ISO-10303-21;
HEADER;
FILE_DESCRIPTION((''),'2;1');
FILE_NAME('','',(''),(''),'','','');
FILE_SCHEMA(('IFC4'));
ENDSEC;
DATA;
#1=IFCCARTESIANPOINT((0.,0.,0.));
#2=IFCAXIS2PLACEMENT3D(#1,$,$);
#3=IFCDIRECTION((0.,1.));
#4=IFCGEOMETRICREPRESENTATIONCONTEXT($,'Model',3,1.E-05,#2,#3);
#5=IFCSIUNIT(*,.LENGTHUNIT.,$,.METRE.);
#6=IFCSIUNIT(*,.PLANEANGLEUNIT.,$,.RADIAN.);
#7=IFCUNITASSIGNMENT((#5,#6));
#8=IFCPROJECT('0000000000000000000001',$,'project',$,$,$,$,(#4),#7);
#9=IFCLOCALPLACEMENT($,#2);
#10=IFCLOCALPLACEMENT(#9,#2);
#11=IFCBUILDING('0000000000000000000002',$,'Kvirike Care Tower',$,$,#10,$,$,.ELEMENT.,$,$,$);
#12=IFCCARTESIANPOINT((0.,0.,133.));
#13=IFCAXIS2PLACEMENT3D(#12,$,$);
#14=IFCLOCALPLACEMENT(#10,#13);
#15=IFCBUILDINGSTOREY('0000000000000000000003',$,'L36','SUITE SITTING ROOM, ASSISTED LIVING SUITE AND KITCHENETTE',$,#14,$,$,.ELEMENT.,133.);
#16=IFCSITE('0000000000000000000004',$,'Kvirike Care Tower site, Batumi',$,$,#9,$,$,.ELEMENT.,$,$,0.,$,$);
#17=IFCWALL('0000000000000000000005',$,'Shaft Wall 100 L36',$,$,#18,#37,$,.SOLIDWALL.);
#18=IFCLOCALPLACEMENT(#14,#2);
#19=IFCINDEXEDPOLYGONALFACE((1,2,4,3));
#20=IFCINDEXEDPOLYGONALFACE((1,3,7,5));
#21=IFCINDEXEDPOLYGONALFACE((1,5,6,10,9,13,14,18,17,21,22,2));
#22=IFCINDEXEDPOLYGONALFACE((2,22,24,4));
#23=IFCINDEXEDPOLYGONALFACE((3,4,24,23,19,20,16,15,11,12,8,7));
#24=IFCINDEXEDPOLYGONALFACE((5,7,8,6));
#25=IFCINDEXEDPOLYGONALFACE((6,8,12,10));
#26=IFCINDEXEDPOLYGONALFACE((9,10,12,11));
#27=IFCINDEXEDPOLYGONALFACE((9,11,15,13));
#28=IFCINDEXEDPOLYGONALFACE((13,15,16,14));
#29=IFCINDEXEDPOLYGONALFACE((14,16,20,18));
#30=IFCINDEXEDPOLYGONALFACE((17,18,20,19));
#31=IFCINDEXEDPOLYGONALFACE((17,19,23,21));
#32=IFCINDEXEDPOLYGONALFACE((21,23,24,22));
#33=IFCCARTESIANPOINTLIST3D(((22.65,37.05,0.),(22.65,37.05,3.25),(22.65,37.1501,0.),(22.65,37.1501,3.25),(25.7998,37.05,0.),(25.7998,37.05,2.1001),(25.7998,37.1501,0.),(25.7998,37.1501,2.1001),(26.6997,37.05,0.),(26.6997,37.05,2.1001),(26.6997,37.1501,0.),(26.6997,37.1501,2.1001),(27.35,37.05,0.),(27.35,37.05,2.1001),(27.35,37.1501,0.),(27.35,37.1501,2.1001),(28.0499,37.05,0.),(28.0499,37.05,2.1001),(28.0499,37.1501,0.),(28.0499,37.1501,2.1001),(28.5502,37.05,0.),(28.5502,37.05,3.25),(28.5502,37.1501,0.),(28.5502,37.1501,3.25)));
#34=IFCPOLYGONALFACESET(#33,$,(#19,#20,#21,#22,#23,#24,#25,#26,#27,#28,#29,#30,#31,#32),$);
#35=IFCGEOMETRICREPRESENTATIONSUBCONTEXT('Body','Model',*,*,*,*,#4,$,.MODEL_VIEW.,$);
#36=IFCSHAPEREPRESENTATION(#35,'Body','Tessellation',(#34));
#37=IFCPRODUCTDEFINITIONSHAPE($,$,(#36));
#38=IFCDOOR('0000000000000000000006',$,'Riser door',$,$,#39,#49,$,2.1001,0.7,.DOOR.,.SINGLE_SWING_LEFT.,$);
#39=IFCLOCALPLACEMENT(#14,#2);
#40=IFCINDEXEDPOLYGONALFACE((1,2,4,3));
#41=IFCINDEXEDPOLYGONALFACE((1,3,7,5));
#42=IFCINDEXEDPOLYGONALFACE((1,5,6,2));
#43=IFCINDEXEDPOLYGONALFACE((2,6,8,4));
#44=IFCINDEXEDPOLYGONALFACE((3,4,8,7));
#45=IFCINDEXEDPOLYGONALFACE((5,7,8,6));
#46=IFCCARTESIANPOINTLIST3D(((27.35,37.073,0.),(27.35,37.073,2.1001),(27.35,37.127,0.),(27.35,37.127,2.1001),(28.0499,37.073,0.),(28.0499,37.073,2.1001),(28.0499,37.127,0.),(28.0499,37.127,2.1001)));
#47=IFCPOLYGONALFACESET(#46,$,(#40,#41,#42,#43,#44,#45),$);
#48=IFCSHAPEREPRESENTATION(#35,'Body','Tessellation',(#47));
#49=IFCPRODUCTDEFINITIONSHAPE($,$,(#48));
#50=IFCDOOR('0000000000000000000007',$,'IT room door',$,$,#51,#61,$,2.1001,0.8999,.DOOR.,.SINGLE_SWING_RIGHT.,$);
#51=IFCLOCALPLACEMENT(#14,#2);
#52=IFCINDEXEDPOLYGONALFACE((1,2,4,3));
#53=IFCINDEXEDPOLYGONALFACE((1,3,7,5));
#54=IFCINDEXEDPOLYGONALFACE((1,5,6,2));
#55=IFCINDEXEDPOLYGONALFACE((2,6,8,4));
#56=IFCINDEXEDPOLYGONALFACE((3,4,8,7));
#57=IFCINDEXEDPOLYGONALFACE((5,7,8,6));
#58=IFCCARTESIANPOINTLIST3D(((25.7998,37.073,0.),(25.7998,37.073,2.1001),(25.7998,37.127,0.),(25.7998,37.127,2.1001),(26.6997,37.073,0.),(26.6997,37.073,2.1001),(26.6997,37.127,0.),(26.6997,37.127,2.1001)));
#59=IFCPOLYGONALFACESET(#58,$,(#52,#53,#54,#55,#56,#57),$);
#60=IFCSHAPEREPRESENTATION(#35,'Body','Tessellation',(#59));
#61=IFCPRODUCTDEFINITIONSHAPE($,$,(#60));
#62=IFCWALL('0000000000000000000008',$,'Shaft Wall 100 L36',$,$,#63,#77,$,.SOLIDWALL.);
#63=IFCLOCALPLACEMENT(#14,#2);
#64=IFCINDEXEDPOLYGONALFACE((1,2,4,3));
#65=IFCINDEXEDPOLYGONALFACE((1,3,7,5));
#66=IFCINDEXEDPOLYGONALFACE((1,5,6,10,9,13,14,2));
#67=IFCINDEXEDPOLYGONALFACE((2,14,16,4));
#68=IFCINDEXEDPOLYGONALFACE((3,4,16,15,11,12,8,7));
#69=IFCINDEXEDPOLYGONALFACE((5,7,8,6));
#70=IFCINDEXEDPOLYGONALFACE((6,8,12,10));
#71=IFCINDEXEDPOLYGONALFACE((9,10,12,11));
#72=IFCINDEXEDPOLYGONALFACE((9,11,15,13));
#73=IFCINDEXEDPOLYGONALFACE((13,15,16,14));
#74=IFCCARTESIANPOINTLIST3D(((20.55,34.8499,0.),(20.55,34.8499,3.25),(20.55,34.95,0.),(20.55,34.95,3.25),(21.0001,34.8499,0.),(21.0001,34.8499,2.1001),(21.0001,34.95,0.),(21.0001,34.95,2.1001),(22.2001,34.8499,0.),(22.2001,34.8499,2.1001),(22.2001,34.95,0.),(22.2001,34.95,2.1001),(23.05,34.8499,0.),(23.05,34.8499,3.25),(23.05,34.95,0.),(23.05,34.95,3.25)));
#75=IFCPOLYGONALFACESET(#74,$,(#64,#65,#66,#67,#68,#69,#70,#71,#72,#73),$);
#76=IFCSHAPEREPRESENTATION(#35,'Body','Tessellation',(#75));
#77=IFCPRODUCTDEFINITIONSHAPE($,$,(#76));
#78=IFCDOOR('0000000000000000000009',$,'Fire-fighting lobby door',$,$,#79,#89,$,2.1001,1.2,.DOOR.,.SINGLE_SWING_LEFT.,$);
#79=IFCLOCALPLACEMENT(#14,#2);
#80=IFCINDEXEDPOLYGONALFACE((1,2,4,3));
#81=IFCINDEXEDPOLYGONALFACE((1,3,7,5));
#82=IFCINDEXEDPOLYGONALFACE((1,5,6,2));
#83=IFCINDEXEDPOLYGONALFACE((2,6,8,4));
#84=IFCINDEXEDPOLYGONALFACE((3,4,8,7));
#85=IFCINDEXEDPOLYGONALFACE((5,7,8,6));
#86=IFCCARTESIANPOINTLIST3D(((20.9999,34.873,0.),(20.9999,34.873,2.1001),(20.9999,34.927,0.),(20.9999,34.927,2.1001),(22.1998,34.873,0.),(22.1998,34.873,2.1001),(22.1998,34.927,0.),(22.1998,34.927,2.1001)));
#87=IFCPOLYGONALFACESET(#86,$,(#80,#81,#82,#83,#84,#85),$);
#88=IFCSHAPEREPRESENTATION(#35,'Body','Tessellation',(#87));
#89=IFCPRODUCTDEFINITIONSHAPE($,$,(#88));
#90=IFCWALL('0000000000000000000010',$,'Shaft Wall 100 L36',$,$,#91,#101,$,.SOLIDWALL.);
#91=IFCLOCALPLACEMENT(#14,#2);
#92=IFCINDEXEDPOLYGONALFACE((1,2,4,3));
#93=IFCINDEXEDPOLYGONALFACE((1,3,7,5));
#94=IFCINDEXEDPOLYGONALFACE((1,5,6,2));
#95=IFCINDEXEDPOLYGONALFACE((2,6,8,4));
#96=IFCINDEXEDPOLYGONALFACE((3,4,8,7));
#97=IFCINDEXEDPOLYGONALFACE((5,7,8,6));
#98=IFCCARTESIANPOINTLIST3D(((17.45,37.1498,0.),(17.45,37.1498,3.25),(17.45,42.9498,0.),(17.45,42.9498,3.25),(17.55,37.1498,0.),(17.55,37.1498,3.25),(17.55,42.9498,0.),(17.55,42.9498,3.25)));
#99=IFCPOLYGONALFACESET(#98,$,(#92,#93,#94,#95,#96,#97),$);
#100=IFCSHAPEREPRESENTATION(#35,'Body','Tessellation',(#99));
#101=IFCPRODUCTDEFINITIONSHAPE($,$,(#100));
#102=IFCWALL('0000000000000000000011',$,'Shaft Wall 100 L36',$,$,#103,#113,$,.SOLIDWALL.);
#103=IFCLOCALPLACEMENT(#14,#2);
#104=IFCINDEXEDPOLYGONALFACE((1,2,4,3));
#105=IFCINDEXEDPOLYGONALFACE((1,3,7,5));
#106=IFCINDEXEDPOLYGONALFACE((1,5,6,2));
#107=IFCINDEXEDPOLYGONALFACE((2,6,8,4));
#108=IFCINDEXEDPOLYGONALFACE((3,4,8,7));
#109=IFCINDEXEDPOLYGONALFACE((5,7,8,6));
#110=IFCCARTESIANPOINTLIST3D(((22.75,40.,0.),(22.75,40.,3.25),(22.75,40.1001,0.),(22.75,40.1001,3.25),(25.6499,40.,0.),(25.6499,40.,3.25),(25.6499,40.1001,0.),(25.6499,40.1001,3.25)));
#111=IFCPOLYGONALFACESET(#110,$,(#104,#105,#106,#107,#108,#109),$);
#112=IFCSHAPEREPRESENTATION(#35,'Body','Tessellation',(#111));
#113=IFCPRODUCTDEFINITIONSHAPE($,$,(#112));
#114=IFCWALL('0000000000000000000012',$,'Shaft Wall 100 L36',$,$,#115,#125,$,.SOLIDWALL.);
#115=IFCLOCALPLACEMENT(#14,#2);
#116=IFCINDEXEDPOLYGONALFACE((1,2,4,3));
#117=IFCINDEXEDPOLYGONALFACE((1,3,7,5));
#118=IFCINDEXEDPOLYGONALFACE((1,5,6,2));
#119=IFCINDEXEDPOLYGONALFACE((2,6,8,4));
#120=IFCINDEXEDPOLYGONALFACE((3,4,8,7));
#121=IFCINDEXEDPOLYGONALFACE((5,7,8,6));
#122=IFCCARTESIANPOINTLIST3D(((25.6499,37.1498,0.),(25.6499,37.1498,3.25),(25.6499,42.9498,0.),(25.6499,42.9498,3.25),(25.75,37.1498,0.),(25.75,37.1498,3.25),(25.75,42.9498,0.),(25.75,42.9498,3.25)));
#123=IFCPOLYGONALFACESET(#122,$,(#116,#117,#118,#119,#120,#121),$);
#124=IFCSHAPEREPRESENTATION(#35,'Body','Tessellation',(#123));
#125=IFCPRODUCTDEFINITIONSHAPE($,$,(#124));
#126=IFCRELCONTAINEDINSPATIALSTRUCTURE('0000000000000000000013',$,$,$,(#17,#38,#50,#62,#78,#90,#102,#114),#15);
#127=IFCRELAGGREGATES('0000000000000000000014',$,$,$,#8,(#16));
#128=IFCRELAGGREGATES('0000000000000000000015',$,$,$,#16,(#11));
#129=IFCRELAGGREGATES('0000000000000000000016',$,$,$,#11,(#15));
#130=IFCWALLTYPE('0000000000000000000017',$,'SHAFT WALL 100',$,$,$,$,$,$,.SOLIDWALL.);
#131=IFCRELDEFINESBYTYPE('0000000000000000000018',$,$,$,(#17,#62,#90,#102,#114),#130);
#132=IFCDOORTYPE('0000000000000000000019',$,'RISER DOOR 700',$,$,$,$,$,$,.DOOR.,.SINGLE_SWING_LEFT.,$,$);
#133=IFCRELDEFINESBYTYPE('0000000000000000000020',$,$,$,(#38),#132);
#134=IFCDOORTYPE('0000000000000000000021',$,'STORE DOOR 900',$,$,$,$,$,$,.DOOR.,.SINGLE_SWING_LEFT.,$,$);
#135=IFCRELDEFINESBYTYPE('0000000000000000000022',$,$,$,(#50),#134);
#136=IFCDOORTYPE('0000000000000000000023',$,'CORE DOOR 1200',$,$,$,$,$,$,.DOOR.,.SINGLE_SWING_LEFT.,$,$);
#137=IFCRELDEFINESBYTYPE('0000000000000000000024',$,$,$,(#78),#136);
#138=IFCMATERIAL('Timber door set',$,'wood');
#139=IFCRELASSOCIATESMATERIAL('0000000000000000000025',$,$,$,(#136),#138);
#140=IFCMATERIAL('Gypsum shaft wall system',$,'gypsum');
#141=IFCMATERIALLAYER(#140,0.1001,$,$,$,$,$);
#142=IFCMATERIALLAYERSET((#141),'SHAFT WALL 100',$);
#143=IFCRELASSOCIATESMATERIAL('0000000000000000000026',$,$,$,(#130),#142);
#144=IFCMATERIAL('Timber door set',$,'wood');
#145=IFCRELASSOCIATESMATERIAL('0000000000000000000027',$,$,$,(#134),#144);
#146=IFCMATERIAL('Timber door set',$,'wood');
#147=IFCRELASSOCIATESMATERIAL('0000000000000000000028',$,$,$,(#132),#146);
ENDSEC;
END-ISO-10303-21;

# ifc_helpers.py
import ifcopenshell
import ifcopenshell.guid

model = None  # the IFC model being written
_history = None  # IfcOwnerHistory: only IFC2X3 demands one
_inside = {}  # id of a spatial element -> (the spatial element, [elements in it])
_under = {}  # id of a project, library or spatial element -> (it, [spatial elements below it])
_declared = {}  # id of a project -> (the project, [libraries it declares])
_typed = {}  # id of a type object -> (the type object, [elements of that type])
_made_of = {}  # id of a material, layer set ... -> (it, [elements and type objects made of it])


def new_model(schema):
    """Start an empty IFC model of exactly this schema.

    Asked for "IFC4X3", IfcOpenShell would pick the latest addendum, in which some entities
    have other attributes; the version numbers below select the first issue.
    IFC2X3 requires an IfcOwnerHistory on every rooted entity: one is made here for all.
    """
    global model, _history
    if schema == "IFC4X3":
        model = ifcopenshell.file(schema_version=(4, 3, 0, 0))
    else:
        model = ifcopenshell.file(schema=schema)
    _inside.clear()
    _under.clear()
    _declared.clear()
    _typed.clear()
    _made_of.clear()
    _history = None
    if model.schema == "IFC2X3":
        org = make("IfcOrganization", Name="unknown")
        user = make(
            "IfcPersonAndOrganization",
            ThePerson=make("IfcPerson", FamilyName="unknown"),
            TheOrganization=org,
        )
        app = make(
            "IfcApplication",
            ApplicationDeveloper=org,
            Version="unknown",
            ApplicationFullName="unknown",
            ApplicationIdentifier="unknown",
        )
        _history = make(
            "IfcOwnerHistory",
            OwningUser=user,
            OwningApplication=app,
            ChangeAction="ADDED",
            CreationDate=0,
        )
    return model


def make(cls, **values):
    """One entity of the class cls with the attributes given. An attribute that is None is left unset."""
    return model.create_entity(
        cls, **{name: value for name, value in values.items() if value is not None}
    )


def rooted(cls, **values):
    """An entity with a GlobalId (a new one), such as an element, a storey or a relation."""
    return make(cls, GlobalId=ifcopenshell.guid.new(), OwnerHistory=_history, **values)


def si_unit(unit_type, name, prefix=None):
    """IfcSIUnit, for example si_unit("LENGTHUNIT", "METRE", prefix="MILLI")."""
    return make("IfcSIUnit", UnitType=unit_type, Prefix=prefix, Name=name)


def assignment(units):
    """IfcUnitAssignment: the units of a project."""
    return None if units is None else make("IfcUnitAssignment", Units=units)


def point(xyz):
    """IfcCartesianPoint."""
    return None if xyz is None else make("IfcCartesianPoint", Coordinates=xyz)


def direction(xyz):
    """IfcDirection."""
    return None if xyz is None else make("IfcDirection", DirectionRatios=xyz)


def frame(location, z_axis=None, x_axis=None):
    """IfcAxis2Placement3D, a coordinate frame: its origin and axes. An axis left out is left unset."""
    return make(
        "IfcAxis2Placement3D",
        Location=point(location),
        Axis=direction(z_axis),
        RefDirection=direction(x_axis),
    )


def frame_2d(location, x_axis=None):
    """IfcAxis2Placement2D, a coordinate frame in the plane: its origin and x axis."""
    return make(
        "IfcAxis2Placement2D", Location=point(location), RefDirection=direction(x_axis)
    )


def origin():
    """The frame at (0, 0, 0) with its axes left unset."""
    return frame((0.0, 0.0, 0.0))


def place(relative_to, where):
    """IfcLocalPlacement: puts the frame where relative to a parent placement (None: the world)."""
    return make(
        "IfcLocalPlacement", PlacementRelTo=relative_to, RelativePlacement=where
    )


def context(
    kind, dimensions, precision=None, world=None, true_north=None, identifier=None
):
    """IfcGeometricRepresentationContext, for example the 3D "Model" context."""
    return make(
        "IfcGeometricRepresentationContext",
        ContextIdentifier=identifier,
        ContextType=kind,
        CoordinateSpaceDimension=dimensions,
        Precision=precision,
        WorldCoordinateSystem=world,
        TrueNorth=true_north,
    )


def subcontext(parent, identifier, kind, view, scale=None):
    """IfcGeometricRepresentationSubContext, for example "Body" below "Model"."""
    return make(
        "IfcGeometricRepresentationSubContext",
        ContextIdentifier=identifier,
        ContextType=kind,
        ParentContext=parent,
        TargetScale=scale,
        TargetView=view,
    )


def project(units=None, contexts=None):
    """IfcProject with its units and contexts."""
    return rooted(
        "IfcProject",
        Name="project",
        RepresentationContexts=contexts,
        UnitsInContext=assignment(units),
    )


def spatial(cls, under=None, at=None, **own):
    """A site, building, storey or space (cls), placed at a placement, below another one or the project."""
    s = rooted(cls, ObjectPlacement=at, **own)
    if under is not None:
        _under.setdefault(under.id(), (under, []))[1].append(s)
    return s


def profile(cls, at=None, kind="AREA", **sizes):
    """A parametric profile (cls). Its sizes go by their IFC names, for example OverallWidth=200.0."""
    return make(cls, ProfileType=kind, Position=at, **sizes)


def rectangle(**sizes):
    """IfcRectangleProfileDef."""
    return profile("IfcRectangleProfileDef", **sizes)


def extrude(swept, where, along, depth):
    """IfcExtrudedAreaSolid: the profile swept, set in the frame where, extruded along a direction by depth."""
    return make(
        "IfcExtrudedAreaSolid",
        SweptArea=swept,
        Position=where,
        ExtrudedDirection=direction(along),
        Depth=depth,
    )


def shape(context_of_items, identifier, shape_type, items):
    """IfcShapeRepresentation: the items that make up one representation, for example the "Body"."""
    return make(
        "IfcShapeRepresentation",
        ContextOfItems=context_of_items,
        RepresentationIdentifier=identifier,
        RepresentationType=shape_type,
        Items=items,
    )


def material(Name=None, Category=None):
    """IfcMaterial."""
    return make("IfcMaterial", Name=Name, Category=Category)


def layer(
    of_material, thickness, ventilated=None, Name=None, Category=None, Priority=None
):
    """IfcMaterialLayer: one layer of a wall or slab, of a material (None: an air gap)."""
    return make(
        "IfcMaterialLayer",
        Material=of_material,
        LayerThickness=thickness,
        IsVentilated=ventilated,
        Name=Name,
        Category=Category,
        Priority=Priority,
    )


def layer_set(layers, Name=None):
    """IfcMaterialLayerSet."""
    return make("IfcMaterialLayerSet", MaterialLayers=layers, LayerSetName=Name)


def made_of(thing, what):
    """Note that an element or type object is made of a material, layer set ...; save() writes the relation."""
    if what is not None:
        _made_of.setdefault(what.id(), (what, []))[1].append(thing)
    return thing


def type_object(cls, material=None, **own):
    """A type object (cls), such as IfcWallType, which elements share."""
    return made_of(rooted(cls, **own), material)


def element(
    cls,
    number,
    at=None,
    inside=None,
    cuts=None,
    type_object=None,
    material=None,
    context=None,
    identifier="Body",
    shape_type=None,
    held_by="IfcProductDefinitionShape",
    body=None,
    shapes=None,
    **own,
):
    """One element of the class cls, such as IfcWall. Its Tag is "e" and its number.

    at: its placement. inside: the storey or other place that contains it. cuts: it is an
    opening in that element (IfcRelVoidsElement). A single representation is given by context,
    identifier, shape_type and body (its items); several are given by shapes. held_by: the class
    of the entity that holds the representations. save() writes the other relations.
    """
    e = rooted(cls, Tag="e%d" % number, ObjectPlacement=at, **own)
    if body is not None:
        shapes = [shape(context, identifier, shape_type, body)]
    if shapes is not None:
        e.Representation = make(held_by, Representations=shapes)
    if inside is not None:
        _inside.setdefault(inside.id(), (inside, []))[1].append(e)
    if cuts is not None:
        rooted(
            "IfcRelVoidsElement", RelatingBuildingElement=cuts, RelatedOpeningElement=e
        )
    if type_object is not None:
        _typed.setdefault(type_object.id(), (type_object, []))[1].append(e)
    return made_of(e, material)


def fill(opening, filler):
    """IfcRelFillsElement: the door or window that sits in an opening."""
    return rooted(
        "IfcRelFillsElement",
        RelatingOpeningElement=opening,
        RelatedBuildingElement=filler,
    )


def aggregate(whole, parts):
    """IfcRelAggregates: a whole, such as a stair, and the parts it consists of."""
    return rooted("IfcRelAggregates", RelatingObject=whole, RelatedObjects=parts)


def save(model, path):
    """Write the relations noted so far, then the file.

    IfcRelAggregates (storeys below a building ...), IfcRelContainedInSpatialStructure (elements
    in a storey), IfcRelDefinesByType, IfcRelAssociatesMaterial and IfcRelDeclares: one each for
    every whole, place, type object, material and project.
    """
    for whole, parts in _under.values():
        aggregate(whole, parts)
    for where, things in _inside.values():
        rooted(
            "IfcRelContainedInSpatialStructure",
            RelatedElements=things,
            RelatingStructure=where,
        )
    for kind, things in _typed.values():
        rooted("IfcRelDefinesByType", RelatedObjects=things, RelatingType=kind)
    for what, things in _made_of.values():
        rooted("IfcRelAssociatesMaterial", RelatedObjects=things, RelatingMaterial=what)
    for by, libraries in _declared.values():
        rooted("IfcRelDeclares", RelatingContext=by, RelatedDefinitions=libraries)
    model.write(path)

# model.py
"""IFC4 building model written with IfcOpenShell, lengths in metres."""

from ifc_helpers import new_model, si_unit, direction, frame, frame_2d, origin, place, context, subcontext, project, spatial, rectangle, extrude, material, layer, layer_set, type_object, element, fill, save


model = new_model("IFC4")

# Units and contexts
model_context = context("Model", 3, precision=1e-05, world=origin(), true_north=direction((0.0, 1.0)))
body_context = subcontext(model_context, "Body", "Model", "MODEL_VIEW")
ifc_project = project(units=[si_unit("LENGTHUNIT", "METRE"), si_unit("PLANEANGLEUNIT", "RADIAN")], contexts=[model_context])

# Site, building, storey
site_placement = place(None, origin())
site = spatial("IfcSite", under=ifc_project, at=site_placement, Name="Kvirike Care Tower site, Batumi", CompositionType="ELEMENT", RefElevation=0.0)
building_placement = place(site_placement, origin())
building = spatial("IfcBuilding", under=site, at=building_placement, Name="Kvirike Care Tower", CompositionType="ELEMENT")
storey_placement = place(building_placement, frame((0.0, 0.0, 133.0)))
storey = spatial("IfcBuildingStorey", under=building, at=storey_placement, Name="L36", Description="SUITE SITTING ROOM, ASSISTED LIVING SUITE AND KITCHENETTE", CompositionType="ELEMENT", Elevation=133.0)

# Shared definitions
ifc_material_1 = material(Name="Timber door set", Category="wood")
door_type_1 = type_object("IfcDoorType", Name="CORE DOOR 1200", OperationType="SINGLE_SWING_LEFT", PredefinedType="DOOR", material=ifc_material_1)

# Shared definitions
ifc_material_2 = material(Name="Gypsum shaft wall system", Category="gypsum")
ifc_layer_1 = layer(ifc_material_2, 0.1001)
ifc_layer_set_1 = layer_set([ifc_layer_1], Name="SHAFT WALL 100")
wall_type_1 = type_object("IfcWallType", Name="SHAFT WALL 100", PredefinedType="SOLIDWALL", material=ifc_layer_set_1)

# Shared definitions
ifc_material_3 = material(Name="Timber door set", Category="wood")
door_type_2 = type_object("IfcDoorType", Name="STORE DOOR 900", OperationType="SINGLE_SWING_LEFT", PredefinedType="DOOR", material=ifc_material_3)

# Wall, openings, doors
ifc_material_4 = material(Name="Timber door set", Category="wood")
door_type_3 = type_object("IfcDoorType", Name="RISER DOOR 700", OperationType="SINGLE_SWING_LEFT", PredefinedType="DOOR", material=ifc_material_4)
wall_1_placement = place(storey_placement, frame((22.6499, 37.1001, 0.0), z_axis=(0.0, 0.0, 1.0), x_axis=(1.0, 0.0, 0.0)))
wall_1 = element("IfcWall", 1, at=wall_1_placement, inside=storey, type_object=wall_type_1, Name="Shaft Wall 100 L36", PredefinedType="SOLIDWALL", context=body_context, shape_type="SweptSolid", body=[
    extrude(rectangle(XDim=5.9001, YDim=0.1001, at=frame_2d((2.9502, 0.0))), origin(), (0.0, 0.0, 1.0), 3.25),
])
opening_1_placement = place(wall_1_placement, frame((3.1499, 0.0, 0.0)))
opening_1 = element("IfcOpeningElement", 2, at=opening_1_placement, cuts=wall_1, PredefinedType="OPENING", context=body_context, shape_type="SweptSolid", body=[
    extrude(rectangle(XDim=0.8999, YDim=2.1001, at=frame_2d((0.45, 1.05))), frame((0.0, 0.0605, 0.0), z_axis=(0.0, -1.0, 0.0), x_axis=(1.0, 0.0, 0.0)), (0.0, 0.0, 1.0), 0.1211),
])
opening_2_placement = place(wall_1_placement, frame((4.7, 0.0, 0.0)))
opening_2 = element("IfcOpeningElement", 3, at=opening_2_placement, cuts=wall_1, PredefinedType="OPENING", context=body_context, shape_type="SweptSolid", body=[
    extrude(rectangle(XDim=0.7, YDim=2.1001, at=frame_2d((0.3501, 1.05))), frame((0.0, 0.0605, 0.0), z_axis=(0.0, -1.0, 0.0), x_axis=(1.0, 0.0, 0.0)), (0.0, 0.0, 1.0), 0.1211),
])
door_1_placement = place(opening_2_placement, origin())
door_1 = element("IfcDoor", 4, at=door_1_placement, inside=storey, type_object=door_type_3, Name="Riser door", OperationType="SINGLE_SWING_LEFT", OverallHeight=2.1001, OverallWidth=0.7, PredefinedType="DOOR", context=body_context, shape_type="SweptSolid", body=[
    extrude(rectangle(XDim=0.7, YDim=2.1001, at=frame_2d((0.3501, 1.05))), frame((0.0, 0.0269, 0.0), z_axis=(0.0, -1.0, 0.0), x_axis=(1.0, 0.0, 0.0)), (0.0, 0.0, 1.0), 0.054),
])
fill(opening_2, door_1)
door_2_placement = place(opening_1_placement, origin())
door_2 = element("IfcDoor", 5, at=door_2_placement, inside=storey, type_object=door_type_2, Name="IT room door", OperationType="SINGLE_SWING_RIGHT", OverallHeight=2.1001, OverallWidth=0.8999, PredefinedType="DOOR", context=body_context, shape_type="SweptSolid", body=[
    extrude(rectangle(XDim=0.8999, YDim=2.1001, at=frame_2d((0.45, 1.05))), frame((0.0, 0.0269, 0.0), z_axis=(0.0, -1.0, 0.0), x_axis=(1.0, 0.0, 0.0)), (0.0, 0.0, 1.0), 0.054),
])
fill(opening_1, door_2)

# Wall, opening, door
wall_2_placement = place(storey_placement, frame((20.55, 34.8999, 0.0), z_axis=(0.0, 0.0, 1.0), x_axis=(1.0, 0.0, 0.0)))
wall_2 = element("IfcWall", 6, at=wall_2_placement, inside=storey, type_object=wall_type_1, Name="Shaft Wall 100 L36", PredefinedType="SOLIDWALL", context=body_context, shape_type="SweptSolid", body=[
    extrude(rectangle(XDim=2.5, YDim=0.1001, at=frame_2d((1.25, 0.0))), origin(), (0.0, 0.0, 1.0), 3.25),
])
opening_3_placement = place(wall_2_placement, frame((0.45, 0.0, 0.0)))
opening_3 = element("IfcOpeningElement", 7, at=opening_3_placement, cuts=wall_2, PredefinedType="OPENING", context=body_context, shape_type="SweptSolid", body=[
    extrude(rectangle(XDim=1.2, YDim=2.1001, at=frame_2d((0.6001, 1.05))), frame((0.0, 0.0605, 0.0), z_axis=(0.0, -1.0, 0.0), x_axis=(1.0, 0.0, 0.0)), (0.0, 0.0, 1.0), 0.1211),
])
door_3_placement = place(opening_3_placement, frame((1.2, 0.0, 0.0), z_axis=(0.0, 0.0, 1.0), x_axis=(-1.0, 0.0, 0.0)))
door_3 = element("IfcDoor", 8, at=door_3_placement, inside=storey, type_object=door_type_1, Name="Fire-fighting lobby door", OperationType="SINGLE_SWING_LEFT", OverallHeight=2.1001, OverallWidth=1.2, PredefinedType="DOOR", context=body_context, shape_type="SweptSolid", body=[
    extrude(rectangle(XDim=1.2, YDim=2.1001, at=frame_2d((0.6001, 1.05))), frame((0.0, 0.0269, 0.0), z_axis=(0.0, -1.0, 0.0), x_axis=(1.0, 0.0, 0.0)), (0.0, 0.0, 1.0), 0.054),
])
fill(opening_3, door_3)

# Walls
wall_3_placement = place(storey_placement, frame((17.5, 37.1499, 0.0), z_axis=(0.0, 0.0, 1.0), x_axis=(0.0, 1.0, 0.0)))
element("IfcWall", 9, at=wall_3_placement, inside=storey, type_object=wall_type_1, Name="Shaft Wall 100 L36", PredefinedType="SOLIDWALL", context=body_context, shape_type="SweptSolid", body=[
    extrude(rectangle(XDim=5.8, YDim=0.1001, at=frame_2d((2.8999, 0.0))), origin(), (0.0, 0.0, 1.0), 3.25),
])
wall_4_placement = place(storey_placement, frame((22.75, 40.05, 0.0), z_axis=(0.0, 0.0, 1.0), x_axis=(1.0, 0.0, 0.0)))
element("IfcWall", 10, at=wall_4_placement, inside=storey, type_object=wall_type_1, Name="Shaft Wall 100 L36", PredefinedType="SOLIDWALL", context=body_context, shape_type="SweptSolid", body=[
    extrude(rectangle(XDim=2.8999, YDim=0.1001, at=frame_2d((1.45, 0.0))), origin(), (0.0, 0.0, 1.0), 3.25),
])
wall_5_placement = place(storey_placement, frame((25.7, 37.1499, 0.0), z_axis=(0.0, 0.0, 1.0), x_axis=(0.0, 1.0, 0.0)))
element("IfcWall", 11, at=wall_5_placement, inside=storey, type_object=wall_type_1, Name="Shaft Wall 100 L36", PredefinedType="SOLIDWALL", context=body_context, shape_type="SweptSolid", body=[
    extrude(rectangle(XDim=5.8, YDim=0.1001, at=frame_2d((2.8999, 0.0))), origin(), (0.0, 0.0, 1.0), 3.25),
])

save(model, "model.ifc")
